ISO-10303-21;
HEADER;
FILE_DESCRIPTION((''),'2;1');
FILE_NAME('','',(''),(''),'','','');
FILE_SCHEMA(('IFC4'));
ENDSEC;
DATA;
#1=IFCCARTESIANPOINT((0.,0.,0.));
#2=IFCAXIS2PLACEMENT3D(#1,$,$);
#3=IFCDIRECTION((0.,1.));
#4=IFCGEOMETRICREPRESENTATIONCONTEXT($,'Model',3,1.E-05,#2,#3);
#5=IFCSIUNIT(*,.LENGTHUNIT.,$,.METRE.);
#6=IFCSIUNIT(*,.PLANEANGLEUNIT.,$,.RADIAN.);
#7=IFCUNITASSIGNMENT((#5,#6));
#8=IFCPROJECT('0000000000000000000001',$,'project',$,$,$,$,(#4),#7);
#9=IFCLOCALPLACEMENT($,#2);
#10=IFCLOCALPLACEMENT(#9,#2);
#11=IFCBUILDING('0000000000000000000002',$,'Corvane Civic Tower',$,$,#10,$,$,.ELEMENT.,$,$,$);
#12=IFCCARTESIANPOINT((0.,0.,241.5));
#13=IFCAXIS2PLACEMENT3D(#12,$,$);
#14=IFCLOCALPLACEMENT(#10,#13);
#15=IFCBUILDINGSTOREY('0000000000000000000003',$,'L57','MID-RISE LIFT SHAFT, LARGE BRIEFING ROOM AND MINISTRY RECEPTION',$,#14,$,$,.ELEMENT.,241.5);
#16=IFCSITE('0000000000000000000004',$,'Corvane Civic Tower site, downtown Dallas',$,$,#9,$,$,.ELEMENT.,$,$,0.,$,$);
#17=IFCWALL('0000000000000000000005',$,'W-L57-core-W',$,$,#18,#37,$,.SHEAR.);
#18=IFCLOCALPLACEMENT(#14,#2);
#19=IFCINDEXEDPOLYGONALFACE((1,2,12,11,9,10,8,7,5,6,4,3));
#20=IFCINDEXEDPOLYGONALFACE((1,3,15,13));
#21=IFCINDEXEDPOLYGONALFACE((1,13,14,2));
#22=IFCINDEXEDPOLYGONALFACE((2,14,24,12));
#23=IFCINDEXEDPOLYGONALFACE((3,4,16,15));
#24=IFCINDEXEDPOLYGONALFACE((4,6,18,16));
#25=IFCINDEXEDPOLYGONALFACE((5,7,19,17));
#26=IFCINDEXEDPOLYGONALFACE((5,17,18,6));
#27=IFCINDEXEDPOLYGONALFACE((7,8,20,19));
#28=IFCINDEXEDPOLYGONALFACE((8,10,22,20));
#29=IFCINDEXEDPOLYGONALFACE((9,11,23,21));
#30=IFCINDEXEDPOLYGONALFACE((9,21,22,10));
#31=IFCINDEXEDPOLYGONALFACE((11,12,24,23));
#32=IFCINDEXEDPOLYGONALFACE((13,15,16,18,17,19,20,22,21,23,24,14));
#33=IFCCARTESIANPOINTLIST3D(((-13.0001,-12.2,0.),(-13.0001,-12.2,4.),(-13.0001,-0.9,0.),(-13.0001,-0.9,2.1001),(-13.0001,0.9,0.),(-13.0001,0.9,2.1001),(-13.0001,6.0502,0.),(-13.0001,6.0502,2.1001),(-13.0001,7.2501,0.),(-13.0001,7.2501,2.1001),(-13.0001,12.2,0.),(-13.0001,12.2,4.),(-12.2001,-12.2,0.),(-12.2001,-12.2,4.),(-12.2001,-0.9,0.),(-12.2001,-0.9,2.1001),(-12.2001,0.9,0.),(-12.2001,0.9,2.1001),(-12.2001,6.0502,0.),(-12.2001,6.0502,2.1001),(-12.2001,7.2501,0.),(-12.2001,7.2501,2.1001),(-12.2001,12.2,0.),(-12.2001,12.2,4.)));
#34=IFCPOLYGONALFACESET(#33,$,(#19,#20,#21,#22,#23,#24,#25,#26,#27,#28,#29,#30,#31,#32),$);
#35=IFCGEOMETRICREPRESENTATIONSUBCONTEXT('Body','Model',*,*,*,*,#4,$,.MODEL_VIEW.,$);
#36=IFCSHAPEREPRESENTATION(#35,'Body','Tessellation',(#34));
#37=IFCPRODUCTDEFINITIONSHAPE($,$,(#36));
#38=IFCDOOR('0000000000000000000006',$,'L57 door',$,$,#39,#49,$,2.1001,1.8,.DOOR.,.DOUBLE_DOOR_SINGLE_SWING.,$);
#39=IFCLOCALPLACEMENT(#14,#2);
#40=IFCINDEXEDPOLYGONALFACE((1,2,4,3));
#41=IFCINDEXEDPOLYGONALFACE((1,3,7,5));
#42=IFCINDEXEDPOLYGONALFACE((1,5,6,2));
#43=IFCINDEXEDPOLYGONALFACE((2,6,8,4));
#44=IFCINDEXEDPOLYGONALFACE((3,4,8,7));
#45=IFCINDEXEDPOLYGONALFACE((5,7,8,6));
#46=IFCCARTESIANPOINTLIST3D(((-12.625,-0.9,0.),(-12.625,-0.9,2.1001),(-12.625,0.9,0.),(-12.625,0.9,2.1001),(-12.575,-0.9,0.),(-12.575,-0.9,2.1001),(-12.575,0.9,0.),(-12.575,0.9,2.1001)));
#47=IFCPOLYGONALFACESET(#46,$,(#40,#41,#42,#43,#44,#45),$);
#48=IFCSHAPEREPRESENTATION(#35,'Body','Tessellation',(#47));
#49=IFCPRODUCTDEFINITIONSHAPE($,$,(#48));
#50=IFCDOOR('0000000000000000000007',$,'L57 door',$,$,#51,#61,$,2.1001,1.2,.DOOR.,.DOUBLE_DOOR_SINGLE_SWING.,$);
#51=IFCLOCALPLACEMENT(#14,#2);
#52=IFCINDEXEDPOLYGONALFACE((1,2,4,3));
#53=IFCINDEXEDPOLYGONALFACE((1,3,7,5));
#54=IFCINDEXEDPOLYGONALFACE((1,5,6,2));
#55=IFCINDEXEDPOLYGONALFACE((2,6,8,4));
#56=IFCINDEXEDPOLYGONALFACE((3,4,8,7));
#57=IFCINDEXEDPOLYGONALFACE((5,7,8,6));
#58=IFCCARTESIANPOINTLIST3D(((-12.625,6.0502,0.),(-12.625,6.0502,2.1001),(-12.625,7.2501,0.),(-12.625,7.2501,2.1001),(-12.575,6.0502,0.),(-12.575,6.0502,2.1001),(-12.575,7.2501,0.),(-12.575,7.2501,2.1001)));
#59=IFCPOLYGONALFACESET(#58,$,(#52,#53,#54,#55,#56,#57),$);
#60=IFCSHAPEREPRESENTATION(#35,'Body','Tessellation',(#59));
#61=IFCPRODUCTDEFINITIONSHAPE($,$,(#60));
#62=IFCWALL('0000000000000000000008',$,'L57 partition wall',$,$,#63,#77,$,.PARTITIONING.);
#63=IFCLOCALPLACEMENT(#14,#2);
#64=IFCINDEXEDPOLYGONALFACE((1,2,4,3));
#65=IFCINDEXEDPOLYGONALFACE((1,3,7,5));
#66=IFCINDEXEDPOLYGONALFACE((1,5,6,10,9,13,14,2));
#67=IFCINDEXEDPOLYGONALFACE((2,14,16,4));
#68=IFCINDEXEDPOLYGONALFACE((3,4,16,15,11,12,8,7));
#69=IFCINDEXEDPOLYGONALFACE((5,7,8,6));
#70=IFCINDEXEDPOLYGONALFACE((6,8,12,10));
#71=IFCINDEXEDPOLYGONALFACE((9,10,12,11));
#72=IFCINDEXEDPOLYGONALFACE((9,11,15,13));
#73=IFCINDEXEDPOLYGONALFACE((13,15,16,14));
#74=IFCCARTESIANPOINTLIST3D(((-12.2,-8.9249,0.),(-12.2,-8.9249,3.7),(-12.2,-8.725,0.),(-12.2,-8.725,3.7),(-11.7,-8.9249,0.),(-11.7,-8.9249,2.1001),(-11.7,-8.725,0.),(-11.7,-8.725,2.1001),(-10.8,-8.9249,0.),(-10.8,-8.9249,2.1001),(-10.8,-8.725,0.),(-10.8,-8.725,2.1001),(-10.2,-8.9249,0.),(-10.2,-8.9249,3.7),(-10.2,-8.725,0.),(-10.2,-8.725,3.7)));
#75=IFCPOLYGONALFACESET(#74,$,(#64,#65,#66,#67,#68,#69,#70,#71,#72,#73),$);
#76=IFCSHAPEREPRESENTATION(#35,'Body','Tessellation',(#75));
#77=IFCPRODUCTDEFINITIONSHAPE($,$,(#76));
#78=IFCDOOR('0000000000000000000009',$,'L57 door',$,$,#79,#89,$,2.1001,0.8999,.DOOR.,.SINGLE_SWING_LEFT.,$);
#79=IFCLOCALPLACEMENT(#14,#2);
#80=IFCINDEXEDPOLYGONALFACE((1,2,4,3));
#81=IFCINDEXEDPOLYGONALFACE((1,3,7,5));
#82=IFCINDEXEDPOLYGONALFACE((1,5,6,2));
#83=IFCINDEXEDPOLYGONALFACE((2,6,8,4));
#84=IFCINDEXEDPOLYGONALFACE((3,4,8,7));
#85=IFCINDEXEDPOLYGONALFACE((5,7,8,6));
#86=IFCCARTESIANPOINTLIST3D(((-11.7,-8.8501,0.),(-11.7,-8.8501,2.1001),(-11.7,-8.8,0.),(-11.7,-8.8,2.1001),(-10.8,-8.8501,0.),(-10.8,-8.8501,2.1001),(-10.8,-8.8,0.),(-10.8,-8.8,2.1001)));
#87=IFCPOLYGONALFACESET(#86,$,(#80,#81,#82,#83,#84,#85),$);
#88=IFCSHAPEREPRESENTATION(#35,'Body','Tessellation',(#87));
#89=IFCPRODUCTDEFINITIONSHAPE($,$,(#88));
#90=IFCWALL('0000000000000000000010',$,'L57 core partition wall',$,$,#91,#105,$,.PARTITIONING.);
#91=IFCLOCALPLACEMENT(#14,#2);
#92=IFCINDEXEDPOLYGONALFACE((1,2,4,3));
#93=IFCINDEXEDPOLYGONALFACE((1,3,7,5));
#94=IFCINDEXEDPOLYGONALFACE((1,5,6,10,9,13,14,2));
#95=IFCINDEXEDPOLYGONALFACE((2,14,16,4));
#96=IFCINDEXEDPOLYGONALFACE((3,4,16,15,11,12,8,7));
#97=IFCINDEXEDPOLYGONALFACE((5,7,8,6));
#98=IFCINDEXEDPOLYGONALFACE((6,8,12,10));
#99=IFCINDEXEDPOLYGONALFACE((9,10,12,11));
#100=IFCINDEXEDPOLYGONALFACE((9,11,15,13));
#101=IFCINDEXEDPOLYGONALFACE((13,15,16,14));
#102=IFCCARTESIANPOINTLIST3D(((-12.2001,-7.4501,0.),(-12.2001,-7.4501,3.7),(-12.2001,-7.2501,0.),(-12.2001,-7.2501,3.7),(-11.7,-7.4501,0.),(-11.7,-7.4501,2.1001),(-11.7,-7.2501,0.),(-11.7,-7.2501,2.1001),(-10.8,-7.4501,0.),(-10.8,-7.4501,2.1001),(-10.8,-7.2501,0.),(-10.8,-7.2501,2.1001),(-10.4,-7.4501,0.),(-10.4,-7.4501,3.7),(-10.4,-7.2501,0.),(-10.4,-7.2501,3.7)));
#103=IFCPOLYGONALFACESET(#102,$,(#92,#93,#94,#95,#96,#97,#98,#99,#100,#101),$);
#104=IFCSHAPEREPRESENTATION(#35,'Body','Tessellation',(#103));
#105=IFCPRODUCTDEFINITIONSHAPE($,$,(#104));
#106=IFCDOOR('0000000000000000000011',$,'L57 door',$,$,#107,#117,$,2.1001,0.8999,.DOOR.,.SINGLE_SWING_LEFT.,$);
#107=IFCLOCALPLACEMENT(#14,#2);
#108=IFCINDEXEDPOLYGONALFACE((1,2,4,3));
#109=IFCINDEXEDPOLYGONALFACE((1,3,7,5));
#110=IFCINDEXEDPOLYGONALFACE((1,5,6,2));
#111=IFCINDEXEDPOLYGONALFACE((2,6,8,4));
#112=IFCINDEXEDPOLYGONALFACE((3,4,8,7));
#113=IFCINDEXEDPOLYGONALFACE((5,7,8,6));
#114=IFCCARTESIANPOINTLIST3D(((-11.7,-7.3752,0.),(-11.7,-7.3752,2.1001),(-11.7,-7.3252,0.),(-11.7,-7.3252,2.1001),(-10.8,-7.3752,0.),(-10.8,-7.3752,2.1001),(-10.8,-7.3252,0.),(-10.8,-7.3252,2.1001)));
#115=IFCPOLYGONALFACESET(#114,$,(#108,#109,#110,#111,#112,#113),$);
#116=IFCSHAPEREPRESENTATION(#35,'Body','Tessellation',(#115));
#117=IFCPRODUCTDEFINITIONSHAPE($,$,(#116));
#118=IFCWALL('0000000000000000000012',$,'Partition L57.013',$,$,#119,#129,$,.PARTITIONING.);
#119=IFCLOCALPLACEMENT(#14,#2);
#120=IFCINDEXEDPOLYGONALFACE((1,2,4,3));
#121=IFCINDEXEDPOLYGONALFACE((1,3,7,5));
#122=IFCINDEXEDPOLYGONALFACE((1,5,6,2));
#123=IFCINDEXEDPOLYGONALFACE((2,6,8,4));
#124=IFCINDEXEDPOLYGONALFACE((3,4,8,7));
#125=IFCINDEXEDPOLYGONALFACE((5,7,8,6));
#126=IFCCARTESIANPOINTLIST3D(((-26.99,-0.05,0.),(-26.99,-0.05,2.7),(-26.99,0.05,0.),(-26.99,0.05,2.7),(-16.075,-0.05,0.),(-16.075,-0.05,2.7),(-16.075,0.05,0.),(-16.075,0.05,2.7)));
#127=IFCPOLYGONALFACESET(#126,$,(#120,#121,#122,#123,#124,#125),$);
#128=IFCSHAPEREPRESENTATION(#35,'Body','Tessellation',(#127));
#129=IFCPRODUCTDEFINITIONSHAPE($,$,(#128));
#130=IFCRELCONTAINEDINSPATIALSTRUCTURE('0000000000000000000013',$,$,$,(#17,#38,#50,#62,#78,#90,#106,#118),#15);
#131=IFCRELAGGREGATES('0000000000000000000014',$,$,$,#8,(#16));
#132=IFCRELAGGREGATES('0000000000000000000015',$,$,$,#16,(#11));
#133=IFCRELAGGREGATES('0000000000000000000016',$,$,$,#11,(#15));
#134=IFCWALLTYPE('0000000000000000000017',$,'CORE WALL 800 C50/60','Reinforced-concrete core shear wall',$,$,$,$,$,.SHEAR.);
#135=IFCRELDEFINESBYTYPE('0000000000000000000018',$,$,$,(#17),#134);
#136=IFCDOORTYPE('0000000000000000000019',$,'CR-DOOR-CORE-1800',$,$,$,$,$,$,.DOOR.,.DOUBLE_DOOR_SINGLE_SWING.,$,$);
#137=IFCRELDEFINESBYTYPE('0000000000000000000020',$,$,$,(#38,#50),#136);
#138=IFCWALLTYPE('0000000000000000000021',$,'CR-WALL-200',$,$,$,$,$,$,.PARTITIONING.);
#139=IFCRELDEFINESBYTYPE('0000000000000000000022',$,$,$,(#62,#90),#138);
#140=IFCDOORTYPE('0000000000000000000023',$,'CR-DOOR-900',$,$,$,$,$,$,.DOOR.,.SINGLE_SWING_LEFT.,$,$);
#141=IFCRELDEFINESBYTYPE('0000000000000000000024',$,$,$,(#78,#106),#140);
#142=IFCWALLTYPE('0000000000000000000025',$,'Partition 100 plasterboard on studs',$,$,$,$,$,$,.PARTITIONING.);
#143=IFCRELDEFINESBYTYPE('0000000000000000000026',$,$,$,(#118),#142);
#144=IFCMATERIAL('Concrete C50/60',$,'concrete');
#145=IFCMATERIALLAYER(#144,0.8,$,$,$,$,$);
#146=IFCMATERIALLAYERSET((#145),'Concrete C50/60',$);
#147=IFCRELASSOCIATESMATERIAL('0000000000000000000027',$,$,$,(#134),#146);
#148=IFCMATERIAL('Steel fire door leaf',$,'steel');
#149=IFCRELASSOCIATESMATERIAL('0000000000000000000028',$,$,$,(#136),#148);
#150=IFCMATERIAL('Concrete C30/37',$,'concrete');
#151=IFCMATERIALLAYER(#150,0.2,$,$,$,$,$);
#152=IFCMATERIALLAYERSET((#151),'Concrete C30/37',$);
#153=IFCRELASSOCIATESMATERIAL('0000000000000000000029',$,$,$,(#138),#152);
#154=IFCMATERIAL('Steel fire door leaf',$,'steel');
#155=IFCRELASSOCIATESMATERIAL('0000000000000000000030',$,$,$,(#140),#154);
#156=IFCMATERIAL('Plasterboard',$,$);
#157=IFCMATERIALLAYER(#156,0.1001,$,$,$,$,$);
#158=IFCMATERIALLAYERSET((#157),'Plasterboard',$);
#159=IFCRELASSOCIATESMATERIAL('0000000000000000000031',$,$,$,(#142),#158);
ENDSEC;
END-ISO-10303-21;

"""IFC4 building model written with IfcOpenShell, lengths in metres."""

from ifc_helpers import new_model, si_unit, direction, frame, frame_2d, origin, place, context, subcontext, project, spatial, rectangle, extrude, material, layer, layer_set, type_object, element, fill, save


model = new_model("IFC4")

# Units and contexts
model_context = context("Model", 3, precision=1e-05, world=origin(), true_north=direction((0.0, 1.0)))
body_context = subcontext(model_context, "Body", "Model", "MODEL_VIEW")
ifc_project = project(units=[si_unit("LENGTHUNIT", "METRE"), si_unit("PLANEANGLEUNIT", "RADIAN")], contexts=[model_context])

# Site, building, storey
site_placement = place(None, origin())
site = spatial("IfcSite", under=ifc_project, at=site_placement, Name="Corvane Civic Tower site, downtown Dallas", CompositionType="ELEMENT", RefElevation=0.0)
building_placement = place(site_placement, origin())
building = spatial("IfcBuilding", under=site, at=building_placement, Name="Corvane Civic Tower", CompositionType="ELEMENT")
storey_placement = place(building_placement, frame((0.0, 0.0, 241.5)))
storey = spatial("IfcBuildingStorey", under=building, at=storey_placement, Name="L57", Description="MID-RISE LIFT SHAFT, LARGE BRIEFING ROOM AND MINISTRY RECEPTION", CompositionType="ELEMENT", Elevation=241.5)

# Wall, openings, doors
ifc_material_1 = material(Name="Concrete C50/60", Category="concrete")
ifc_layer_1 = layer(ifc_material_1, 0.8)
ifc_layer_set_1 = layer_set([ifc_layer_1], Name="Concrete C50/60")
wall_type_1 = type_object("IfcWallType", Name="CORE WALL 800 C50/60", Description="Reinforced-concrete core shear wall", PredefinedType="SHEAR", material=ifc_layer_set_1)
wall_1_placement = place(storey_placement, frame((-12.6001, -12.2, 0.0), z_axis=(0.0, 0.0, 1.0), x_axis=(0.0, 1.0, 0.0)))
wall_1 = element("IfcWall", 1, at=wall_1_placement, inside=storey, type_object=wall_type_1, Name="W-L57-core-W", PredefinedType="SHEAR", context=body_context, shape_type="SweptSolid", body=[
    extrude(rectangle(XDim=24.3999, YDim=0.8, at=frame_2d((12.2, 0.0))), origin(), (0.0, 0.0, 1.0), 4.0),
])
opening_1_placement = place(wall_1_placement, frame((11.3, 0.0, 0.0)))
opening_1 = element("IfcOpeningElement", 2, at=opening_1_placement, cuts=wall_1, PredefinedType="OPENING", context=body_context, shape_type="SweptSolid", body=[
    extrude(rectangle(XDim=1.8, YDim=2.1001, at=frame_2d((0.8999, 1.05))), frame((0.0, 0.4099, 0.0), z_axis=(0.0, -1.0, 0.0), x_axis=(1.0, 0.0, 0.0)), (0.0, 0.0, 1.0), 0.8201),
])
opening_2_placement = place(wall_1_placement, frame((18.25, 0.0, 0.0)))
opening_2 = element("IfcOpeningElement", 3, at=opening_2_placement, cuts=wall_1, PredefinedType="OPENING", context=body_context, shape_type="SweptSolid", body=[
    extrude(rectangle(XDim=1.2, YDim=2.1001, at=frame_2d((0.6001, 1.05))), frame((0.0, 0.4099, 0.0), z_axis=(0.0, -1.0, 0.0), x_axis=(1.0, 0.0, 0.0)), (0.0, 0.0, 1.0), 0.8201),
])
ifc_material_2 = material(Name="Steel fire door leaf", Category="steel")
door_type_1 = type_object("IfcDoorType", Name="CR-DOOR-CORE-1800", OperationType="DOUBLE_DOOR_SINGLE_SWING", PredefinedType="DOOR", material=ifc_material_2)
door_1_placement = place(opening_1_placement, origin())
door_1 = element("IfcDoor", 4, at=door_1_placement, inside=storey, type_object=door_type_1, Name="L57 door", OperationType="DOUBLE_DOOR_SINGLE_SWING", OverallHeight=2.1001, OverallWidth=1.8, PredefinedType="DOOR", context=body_context, shape_type="SweptSolid", body=[
    extrude(rectangle(XDim=1.8, YDim=2.1001, at=frame_2d((0.8999, 1.05))), frame((0.0, 0.0249, 0.0), z_axis=(0.0, -1.0, 0.0), x_axis=(1.0, 0.0, 0.0)), (0.0, 0.0, 1.0), 0.05),
])
fill(opening_1, door_1)
door_2_placement = place(opening_2_placement, origin())
door_2 = element("IfcDoor", 5, at=door_2_placement, inside=storey, type_object=door_type_1, Name="L57 door", OperationType="DOUBLE_DOOR_SINGLE_SWING", OverallHeight=2.1001, OverallWidth=1.2, PredefinedType="DOOR", context=body_context, shape_type="SweptSolid", body=[
    extrude(rectangle(XDim=1.2, YDim=2.1001, at=frame_2d((0.6001, 1.05))), frame((0.0, 0.0249, 0.0), z_axis=(0.0, -1.0, 0.0), x_axis=(1.0, 0.0, 0.0)), (0.0, 0.0, 1.0), 0.05),
])
fill(opening_2, door_2)

# Walls, openings, doors
ifc_material_3 = material(Name="Concrete C30/37", Category="concrete")
ifc_layer_2 = layer(ifc_material_3, 0.2)
ifc_layer_set_2 = layer_set([ifc_layer_2], Name="Concrete C30/37")
wall_type_2 = type_object("IfcWallType", Name="CR-WALL-200", PredefinedType="PARTITIONING", material=ifc_layer_set_2)
wall_2_placement = place(storey_placement, frame((-12.2, -8.825, 0.0), z_axis=(0.0, 0.0, 1.0), x_axis=(1.0, 0.0, 0.0)))
wall_2 = element("IfcWall", 6, at=wall_2_placement, inside=storey, type_object=wall_type_2, Name="L57 partition wall", PredefinedType="PARTITIONING", context=body_context, shape_type="SweptSolid", body=[
    extrude(rectangle(XDim=2.0, YDim=0.2, at=frame_2d((1.0, 0.0))), origin(), (0.0, 0.0, 1.0), 3.7),
])
opening_3_placement = place(wall_2_placement, frame((0.5, 0.0, 0.0)))
opening_3 = element("IfcOpeningElement", 7, at=opening_3_placement, cuts=wall_2, PredefinedType="OPENING", context=body_context, shape_type="SweptSolid", body=[
    extrude(rectangle(XDim=0.8999, YDim=2.1001, at=frame_2d((0.45, 1.05))), frame((0.0, 0.1099, 0.0), z_axis=(0.0, -1.0, 0.0), x_axis=(1.0, 0.0, 0.0)), (0.0, 0.0, 1.0), 0.22),
])
ifc_material_4 = material(Name="Steel fire door leaf", Category="steel")
door_type_2 = type_object("IfcDoorType", Name="CR-DOOR-900", OperationType="SINGLE_SWING_LEFT", PredefinedType="DOOR", material=ifc_material_4)
door_3_placement = place(opening_3_placement, origin())
door_3 = element("IfcDoor", 8, at=door_3_placement, inside=storey, type_object=door_type_2, Name="L57 door", OperationType="SINGLE_SWING_LEFT", OverallHeight=2.1001, OverallWidth=0.8999, PredefinedType="DOOR", context=body_context, shape_type="SweptSolid", body=[
    extrude(rectangle(XDim=0.8999, YDim=2.1001, at=frame_2d((0.45, 1.05))), frame((0.0, 0.0249, 0.0), z_axis=(0.0, -1.0, 0.0), x_axis=(1.0, 0.0, 0.0)), (0.0, 0.0, 1.0), 0.05),
])
fill(opening_3, door_3)
wall_3_placement = place(storey_placement, frame((-12.2, -7.3501, 0.0), z_axis=(0.0, 0.0, 1.0), x_axis=(1.0, 0.0, 0.0)))
wall_3 = element("IfcWall", 9, at=wall_3_placement, inside=storey, type_object=wall_type_2, Name="L57 core partition wall", PredefinedType="PARTITIONING", context=body_context, shape_type="SweptSolid", body=[
    extrude(rectangle(XDim=1.8, YDim=0.2, at=frame_2d((0.8999, 0.0))), origin(), (0.0, 0.0, 1.0), 3.7),
])
opening_4_placement = place(wall_3_placement, frame((0.5, 0.0, 0.0)))
opening_4 = element("IfcOpeningElement", 10, at=opening_4_placement, cuts=wall_3, PredefinedType="OPENING", context=body_context, shape_type="SweptSolid", body=[
    extrude(rectangle(XDim=0.8999, YDim=2.1001, at=frame_2d((0.45, 1.05))), frame((0.0, 0.1099, 0.0), z_axis=(0.0, -1.0, 0.0), x_axis=(1.0, 0.0, 0.0)), (0.0, 0.0, 1.0), 0.22),
])
door_4_placement = place(opening_4_placement, origin())
door_4 = element("IfcDoor", 11, at=door_4_placement, inside=storey, type_object=door_type_2, Name="L57 door", OperationType="SINGLE_SWING_LEFT", OverallHeight=2.1001, OverallWidth=0.8999, PredefinedType="DOOR", context=body_context, shape_type="SweptSolid", body=[
    extrude(rectangle(XDim=0.8999, YDim=2.1001, at=frame_2d((0.45, 1.05))), frame((0.0, 0.0249, 0.0), z_axis=(0.0, -1.0, 0.0), x_axis=(1.0, 0.0, 0.0)), (0.0, 0.0, 1.0), 0.05),
])
fill(opening_4, door_4)

# Wall
ifc_material_5 = material(Name="Plasterboard")
ifc_layer_3 = layer(ifc_material_5, 0.1001)
ifc_layer_set_3 = layer_set([ifc_layer_3], Name="Plasterboard")
wall_type_3 = type_object("IfcWallType", Name="Partition 100 plasterboard on studs", PredefinedType="PARTITIONING", material=ifc_layer_set_3)
wall_4_placement = place(storey_placement, frame((-26.99, 0.0, 0.0), z_axis=(0.0, 0.0, 1.0), x_axis=(1.0, 0.0, 0.0)))
element("IfcWall", 12, at=wall_4_placement, inside=storey, type_object=wall_type_3, Name="Partition L57.013", PredefinedType="PARTITIONING", context=body_context, shape_type="SweptSolid", body=[
    extrude(rectangle(XDim=10.915, YDim=0.1001, at=frame_2d((5.4575, 0.0))), origin(), (0.0, 0.0, 1.0), 2.7),
])

save(model, "model.ifc")
